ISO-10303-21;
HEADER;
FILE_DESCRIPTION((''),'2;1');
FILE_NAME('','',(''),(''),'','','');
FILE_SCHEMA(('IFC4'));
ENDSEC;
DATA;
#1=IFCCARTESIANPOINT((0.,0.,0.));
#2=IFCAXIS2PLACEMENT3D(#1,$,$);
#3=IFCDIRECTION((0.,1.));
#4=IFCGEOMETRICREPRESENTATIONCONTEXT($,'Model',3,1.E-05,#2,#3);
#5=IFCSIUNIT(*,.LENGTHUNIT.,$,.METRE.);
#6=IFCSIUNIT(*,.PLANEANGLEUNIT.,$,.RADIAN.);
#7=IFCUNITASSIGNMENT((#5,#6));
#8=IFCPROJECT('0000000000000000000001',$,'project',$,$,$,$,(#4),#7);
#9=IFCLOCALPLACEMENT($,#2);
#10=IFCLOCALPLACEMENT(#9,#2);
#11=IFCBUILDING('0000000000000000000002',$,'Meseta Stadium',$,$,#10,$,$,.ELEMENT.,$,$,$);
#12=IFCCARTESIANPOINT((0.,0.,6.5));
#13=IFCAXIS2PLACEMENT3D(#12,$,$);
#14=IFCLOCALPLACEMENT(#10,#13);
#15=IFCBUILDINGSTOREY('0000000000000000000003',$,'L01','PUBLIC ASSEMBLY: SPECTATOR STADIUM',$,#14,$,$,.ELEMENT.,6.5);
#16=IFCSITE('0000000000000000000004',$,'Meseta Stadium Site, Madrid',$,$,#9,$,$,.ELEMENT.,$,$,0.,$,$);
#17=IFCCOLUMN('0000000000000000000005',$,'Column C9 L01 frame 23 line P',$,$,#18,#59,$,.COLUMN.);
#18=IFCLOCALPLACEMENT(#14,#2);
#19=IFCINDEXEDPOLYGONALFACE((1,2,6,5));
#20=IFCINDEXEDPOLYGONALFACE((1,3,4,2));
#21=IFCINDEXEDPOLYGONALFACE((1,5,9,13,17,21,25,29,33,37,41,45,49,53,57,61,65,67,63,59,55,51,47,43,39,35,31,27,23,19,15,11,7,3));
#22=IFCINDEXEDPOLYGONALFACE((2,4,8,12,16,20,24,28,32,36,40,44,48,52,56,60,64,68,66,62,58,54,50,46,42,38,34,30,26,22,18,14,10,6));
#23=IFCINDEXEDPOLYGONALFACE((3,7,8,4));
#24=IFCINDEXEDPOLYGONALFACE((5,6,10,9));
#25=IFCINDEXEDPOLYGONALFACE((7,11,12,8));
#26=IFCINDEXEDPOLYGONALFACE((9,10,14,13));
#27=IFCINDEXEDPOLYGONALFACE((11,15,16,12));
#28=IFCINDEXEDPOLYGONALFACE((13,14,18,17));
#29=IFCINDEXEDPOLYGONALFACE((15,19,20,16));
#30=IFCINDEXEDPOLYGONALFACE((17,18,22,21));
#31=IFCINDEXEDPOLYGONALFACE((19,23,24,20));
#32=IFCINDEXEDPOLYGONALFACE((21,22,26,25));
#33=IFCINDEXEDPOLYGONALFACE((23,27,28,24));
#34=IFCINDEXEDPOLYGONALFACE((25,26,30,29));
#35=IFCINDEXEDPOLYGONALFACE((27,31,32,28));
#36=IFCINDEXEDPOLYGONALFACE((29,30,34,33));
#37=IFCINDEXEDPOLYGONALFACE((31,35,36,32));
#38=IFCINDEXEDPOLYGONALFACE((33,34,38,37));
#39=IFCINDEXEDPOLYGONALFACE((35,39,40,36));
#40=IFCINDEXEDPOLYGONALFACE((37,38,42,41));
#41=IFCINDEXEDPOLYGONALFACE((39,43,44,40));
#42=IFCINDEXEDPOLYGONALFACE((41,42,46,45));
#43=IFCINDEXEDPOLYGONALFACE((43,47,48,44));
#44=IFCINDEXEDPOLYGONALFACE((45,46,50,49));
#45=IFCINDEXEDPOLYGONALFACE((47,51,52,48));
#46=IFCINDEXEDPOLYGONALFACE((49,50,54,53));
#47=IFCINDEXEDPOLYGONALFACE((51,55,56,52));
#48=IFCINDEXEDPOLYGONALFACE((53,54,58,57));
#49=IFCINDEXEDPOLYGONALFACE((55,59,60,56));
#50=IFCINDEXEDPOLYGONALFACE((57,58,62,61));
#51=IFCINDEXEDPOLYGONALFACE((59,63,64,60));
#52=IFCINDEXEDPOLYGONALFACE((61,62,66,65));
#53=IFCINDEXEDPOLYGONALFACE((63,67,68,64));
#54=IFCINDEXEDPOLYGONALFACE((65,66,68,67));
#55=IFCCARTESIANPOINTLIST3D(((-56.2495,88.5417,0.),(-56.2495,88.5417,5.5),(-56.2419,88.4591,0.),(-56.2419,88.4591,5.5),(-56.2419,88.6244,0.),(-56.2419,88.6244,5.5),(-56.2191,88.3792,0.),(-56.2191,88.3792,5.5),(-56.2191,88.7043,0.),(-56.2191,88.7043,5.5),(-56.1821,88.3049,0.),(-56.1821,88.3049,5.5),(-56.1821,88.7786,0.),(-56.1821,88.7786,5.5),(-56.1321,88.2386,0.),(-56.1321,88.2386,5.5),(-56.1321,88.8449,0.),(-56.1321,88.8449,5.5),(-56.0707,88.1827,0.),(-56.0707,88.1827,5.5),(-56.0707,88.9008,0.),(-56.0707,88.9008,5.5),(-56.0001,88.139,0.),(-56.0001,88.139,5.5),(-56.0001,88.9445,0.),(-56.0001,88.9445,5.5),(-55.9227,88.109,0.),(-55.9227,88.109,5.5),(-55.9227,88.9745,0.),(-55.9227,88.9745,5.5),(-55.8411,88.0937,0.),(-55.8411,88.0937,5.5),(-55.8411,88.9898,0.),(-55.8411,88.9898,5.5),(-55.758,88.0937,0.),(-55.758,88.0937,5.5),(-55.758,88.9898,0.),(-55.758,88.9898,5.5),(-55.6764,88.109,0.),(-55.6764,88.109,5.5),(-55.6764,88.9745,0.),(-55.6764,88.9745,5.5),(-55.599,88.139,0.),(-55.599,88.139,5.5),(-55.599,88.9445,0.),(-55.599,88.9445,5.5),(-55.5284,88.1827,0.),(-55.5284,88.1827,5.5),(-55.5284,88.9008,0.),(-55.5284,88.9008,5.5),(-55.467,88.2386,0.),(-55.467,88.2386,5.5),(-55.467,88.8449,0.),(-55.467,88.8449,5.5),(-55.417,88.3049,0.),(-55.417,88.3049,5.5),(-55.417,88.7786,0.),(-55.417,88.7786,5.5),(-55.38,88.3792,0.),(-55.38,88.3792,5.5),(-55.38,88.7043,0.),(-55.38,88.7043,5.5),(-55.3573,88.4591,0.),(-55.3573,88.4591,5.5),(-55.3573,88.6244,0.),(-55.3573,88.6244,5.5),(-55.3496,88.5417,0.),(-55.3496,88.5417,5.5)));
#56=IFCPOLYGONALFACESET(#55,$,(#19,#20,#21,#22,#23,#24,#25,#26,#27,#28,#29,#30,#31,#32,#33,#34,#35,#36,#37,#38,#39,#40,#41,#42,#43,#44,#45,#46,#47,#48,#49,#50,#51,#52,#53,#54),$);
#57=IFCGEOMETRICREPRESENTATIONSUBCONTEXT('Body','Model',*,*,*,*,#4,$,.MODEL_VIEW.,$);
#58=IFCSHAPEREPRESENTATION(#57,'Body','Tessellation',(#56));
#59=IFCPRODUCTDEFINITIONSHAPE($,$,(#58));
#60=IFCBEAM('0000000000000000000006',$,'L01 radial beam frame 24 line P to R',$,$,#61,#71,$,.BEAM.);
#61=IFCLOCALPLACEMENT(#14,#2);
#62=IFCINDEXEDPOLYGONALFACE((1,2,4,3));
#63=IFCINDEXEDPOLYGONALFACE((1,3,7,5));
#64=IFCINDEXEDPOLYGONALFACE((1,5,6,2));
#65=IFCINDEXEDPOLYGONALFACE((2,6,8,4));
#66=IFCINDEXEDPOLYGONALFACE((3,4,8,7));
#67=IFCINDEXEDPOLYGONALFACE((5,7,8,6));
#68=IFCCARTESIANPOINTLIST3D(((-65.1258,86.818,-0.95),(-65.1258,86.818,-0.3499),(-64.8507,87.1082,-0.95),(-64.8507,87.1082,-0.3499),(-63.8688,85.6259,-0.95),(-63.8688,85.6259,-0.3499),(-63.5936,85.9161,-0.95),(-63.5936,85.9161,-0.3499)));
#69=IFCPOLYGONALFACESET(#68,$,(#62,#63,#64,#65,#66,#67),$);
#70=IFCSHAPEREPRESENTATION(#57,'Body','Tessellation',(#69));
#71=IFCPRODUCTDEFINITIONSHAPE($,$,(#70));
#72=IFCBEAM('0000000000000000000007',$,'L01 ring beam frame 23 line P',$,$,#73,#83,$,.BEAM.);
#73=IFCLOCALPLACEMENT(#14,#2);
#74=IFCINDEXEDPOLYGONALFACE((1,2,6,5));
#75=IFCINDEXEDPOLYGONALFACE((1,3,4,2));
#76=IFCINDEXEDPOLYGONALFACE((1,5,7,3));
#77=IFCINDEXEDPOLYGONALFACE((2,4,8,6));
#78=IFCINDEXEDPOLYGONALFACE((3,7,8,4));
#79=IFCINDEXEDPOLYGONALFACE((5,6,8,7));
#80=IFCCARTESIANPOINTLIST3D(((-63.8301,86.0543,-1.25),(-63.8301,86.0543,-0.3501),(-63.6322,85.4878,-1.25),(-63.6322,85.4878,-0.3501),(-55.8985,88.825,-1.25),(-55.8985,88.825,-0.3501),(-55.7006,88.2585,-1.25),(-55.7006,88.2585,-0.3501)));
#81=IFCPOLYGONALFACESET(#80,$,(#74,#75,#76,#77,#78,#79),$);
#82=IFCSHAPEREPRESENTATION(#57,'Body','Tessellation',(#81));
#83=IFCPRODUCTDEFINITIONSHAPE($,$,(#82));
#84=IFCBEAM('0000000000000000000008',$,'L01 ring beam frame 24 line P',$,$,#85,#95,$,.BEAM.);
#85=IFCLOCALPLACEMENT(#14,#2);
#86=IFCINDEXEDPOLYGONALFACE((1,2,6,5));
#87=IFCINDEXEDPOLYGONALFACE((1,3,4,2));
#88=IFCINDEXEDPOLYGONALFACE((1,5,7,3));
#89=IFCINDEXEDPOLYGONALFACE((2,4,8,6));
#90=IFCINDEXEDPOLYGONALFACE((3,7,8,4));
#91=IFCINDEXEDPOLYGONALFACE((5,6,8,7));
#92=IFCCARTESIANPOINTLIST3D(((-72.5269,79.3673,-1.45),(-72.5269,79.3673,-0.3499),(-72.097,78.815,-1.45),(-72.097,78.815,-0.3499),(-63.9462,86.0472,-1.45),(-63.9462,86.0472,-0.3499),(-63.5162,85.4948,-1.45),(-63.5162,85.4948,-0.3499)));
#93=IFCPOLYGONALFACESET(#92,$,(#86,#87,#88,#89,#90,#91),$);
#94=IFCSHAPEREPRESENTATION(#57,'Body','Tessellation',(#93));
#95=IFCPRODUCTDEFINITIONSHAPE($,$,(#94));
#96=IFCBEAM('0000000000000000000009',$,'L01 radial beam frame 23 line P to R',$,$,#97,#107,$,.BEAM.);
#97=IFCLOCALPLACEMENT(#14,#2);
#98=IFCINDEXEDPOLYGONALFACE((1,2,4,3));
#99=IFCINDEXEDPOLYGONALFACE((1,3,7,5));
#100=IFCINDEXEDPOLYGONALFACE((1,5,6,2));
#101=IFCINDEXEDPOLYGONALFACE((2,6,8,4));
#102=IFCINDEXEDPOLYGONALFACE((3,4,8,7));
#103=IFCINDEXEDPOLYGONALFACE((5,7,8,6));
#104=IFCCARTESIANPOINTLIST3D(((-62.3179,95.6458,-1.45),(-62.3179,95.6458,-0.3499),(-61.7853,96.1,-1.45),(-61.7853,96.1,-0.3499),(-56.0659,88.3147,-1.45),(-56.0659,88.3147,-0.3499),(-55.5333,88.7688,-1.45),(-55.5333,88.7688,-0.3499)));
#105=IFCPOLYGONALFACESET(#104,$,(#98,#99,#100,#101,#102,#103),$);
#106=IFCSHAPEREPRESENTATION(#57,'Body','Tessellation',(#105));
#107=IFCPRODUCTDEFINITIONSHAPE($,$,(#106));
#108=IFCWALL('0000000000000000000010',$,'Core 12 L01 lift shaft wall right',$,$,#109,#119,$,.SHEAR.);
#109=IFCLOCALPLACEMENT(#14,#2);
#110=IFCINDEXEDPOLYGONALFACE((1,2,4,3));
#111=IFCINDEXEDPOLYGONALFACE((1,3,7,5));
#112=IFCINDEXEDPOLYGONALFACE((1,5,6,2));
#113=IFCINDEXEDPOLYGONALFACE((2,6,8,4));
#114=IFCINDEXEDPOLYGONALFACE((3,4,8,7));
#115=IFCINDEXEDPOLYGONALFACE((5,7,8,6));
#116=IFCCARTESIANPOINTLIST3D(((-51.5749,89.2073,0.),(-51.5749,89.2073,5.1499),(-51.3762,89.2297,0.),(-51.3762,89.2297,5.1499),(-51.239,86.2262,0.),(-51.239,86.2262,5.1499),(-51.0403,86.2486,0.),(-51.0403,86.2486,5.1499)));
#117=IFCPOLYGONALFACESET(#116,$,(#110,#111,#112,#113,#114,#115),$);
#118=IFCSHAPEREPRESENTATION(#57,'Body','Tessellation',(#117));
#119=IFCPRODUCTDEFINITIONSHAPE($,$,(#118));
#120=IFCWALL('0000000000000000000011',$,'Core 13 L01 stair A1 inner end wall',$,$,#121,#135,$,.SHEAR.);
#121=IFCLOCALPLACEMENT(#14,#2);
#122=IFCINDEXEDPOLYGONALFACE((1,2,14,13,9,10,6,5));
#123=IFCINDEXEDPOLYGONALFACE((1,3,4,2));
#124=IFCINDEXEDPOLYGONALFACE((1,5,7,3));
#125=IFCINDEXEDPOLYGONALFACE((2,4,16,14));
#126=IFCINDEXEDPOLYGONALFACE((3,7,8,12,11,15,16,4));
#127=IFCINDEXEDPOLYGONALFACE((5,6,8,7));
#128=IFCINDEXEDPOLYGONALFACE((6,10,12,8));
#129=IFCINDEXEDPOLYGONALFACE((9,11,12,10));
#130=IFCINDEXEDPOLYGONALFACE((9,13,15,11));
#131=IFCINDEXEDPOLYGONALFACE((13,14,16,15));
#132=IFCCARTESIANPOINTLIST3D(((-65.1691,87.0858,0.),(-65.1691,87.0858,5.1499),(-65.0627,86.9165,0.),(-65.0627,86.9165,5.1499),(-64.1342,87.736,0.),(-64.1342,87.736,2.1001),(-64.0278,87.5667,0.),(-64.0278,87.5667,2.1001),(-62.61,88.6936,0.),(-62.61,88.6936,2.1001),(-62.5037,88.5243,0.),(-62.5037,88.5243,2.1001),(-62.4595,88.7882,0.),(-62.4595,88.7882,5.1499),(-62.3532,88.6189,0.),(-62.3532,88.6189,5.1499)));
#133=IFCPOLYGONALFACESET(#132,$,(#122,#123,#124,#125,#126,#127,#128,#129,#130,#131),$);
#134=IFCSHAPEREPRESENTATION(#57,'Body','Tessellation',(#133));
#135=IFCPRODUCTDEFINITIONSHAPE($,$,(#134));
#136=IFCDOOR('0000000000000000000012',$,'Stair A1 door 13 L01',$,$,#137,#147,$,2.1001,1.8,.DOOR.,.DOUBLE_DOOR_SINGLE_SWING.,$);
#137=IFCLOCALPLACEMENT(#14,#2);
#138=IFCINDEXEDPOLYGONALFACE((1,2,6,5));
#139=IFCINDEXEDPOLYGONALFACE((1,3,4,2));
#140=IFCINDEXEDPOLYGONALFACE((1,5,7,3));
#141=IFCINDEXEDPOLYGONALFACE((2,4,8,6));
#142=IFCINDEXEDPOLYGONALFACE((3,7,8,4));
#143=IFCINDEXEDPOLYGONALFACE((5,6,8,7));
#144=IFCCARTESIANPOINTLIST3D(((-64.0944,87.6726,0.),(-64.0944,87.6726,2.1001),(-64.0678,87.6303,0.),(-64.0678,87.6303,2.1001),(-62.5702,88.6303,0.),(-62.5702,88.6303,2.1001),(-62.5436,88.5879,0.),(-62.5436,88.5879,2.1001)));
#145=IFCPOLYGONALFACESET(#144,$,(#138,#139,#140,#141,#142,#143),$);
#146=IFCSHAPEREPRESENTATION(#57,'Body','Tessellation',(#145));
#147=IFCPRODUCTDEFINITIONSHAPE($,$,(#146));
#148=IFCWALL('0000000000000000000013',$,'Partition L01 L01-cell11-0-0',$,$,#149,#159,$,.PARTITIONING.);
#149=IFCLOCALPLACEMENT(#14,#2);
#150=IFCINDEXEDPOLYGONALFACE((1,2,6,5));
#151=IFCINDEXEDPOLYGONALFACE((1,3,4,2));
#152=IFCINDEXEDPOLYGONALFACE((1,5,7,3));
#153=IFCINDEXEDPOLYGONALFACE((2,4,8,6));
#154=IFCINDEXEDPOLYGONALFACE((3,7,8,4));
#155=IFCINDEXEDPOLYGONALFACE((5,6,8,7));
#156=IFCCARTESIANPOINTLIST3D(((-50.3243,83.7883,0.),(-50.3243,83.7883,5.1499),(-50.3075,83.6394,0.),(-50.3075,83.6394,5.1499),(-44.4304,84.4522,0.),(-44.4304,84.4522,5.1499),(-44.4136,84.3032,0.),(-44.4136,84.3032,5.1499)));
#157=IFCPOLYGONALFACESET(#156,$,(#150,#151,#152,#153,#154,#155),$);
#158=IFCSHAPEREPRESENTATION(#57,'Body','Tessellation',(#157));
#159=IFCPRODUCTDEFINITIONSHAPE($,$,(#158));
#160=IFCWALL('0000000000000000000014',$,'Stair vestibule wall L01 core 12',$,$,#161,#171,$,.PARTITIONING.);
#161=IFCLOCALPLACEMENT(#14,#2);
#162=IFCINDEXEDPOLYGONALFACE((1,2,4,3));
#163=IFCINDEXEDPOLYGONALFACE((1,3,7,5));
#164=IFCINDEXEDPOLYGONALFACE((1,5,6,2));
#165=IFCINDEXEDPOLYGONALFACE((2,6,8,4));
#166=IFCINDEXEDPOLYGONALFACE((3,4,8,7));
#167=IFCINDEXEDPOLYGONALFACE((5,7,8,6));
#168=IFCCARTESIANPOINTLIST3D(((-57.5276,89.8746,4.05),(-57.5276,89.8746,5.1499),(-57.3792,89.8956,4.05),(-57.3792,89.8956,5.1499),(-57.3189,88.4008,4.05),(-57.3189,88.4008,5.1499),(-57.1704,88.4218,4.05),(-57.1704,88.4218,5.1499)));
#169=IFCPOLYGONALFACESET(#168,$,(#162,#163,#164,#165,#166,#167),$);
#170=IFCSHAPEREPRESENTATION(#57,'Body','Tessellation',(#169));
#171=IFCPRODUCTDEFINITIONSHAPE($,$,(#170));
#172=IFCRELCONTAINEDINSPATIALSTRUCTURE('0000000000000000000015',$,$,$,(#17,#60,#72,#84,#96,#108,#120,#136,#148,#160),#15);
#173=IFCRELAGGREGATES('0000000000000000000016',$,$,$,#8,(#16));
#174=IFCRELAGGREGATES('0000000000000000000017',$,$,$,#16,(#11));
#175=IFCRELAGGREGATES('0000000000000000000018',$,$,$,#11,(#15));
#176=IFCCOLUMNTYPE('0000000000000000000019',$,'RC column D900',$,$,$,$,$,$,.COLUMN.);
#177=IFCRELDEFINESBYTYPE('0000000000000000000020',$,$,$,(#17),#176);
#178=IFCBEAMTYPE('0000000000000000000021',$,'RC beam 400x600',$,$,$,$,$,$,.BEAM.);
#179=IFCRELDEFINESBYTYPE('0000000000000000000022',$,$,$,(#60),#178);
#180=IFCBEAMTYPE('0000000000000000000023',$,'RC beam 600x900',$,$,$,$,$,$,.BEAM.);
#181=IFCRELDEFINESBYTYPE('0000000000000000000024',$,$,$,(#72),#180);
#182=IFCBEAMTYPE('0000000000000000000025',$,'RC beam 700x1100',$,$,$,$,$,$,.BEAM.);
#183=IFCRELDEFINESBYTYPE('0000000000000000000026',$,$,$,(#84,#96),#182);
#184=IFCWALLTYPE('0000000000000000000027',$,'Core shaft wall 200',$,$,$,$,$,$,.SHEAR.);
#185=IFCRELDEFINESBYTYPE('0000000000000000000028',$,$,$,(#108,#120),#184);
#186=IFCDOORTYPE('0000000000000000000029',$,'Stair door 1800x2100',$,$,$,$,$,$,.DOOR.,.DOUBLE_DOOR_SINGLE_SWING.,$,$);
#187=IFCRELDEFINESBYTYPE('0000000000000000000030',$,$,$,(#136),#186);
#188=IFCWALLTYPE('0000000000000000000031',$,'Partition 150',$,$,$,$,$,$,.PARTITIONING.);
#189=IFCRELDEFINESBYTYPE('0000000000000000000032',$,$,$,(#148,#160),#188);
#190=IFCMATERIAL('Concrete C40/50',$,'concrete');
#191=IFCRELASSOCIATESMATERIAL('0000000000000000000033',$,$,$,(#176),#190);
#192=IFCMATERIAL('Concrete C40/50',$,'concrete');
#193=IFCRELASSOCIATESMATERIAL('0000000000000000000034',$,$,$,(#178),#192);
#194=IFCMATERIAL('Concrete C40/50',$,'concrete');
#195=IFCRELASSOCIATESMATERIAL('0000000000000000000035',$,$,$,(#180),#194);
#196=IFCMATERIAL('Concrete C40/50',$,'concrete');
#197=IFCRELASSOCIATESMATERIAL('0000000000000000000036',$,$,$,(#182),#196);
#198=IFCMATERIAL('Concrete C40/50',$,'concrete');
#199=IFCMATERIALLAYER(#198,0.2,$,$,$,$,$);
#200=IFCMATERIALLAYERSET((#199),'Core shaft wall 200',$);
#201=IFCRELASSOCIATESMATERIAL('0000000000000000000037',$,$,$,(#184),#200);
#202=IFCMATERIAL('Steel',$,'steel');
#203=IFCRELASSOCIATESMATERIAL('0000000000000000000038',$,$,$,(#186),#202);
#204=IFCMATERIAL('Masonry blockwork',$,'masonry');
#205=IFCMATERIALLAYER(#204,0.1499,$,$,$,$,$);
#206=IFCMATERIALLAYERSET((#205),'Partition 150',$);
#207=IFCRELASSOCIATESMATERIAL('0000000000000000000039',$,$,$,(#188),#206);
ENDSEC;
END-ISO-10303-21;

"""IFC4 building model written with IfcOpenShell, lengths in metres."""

from ifc_helpers import new_model, si_unit, direction, frame, frame_2d, origin, origin_2d, place, context, subcontext, project, spatial, rectangle, circle, extrude, material, layer, layer_set, material_profile, profile_set, type_object, element, fill, save


model = new_model("IFC4")

# Units and contexts
model_context = context("Model", 3, precision=1e-05, world=origin(), true_north=direction((0.0, 1.0)))
body_context = subcontext(model_context, "Body", "Model", "MODEL_VIEW")
ifc_project = project(units=[si_unit("LENGTHUNIT", "METRE"), si_unit("PLANEANGLEUNIT", "RADIAN")], contexts=[model_context])

# Site, building, storey
site_placement = place(None, origin())
site = spatial("IfcSite", under=ifc_project, at=site_placement, Name="Meseta Stadium Site, Madrid", CompositionType="ELEMENT", RefElevation=0.0)
building_placement = place(site_placement, origin())
building = spatial("IfcBuilding", under=site, at=building_placement, Name="Meseta Stadium", CompositionType="ELEMENT")
storey_placement = place(building_placement, frame((0.0, 0.0, 6.5)))
storey = spatial("IfcBuildingStorey", under=building, at=storey_placement, Name="L01", Description="PUBLIC ASSEMBLY: SPECTATOR STADIUM", CompositionType="ELEMENT", Elevation=6.5)

# Column
ifc_material_1 = material(Name="Concrete C40/50", Category="concrete")
ifc_material_profile_1 = material_profile(ifc_material_1, circle(Radius=0.45, at=origin_2d()), Name="RC D900")
ifc_profile_set_1 = profile_set([ifc_material_profile_1], Name="Concrete C40/50")
column_type = type_object("IfcColumnType", Name="RC column D900", PredefinedType="COLUMN", material=ifc_profile_set_1)
column_placement = place(storey_placement, frame((-55.7996, 88.5417, 0.0), z_axis=(0.0, 0.0, 1.0), x_axis=(1.0, 0.0, 0.0)))
element("IfcColumn", 1, at=column_placement, inside=storey, type_object=column_type, Name="Column C9 L01 frame 23 line P", PredefinedType="COLUMN", context=body_context, shape_type="SweptSolid", body=[
    extrude(circle(Radius=0.45, at=origin_2d()), origin(), (0.0, 0.0, 1.0), 5.5),
])

# Beams
ifc_material_2 = material(Name="Concrete C40/50", Category="concrete")
ifc_material_profile_2 = material_profile(ifc_material_2, rectangle(XDim=0.3999, YDim=0.6001, at=origin_2d()), Name="RC 400x600")
ifc_profile_set_2 = profile_set([ifc_material_profile_2], Name="Concrete C40/50")
beam_type_1 = type_object("IfcBeamType", Name="RC beam 400x600", PredefinedType="BEAM", material=ifc_profile_set_2)
beam_1_placement = place(storey_placement, frame((-63.7312, 85.771, -0.6499), z_axis=(-0.725601, 0.688116, 0.0), x_axis=(-0.688116, -0.725601, 0.0)))
element("IfcBeam", 2, at=beam_1_placement, inside=storey, type_object=beam_type_1, Name="L01 radial beam frame 24 line P to R", PredefinedType="BEAM", context=body_context, shape_type="SweptSolid", body=[
    extrude(rectangle(XDim=0.3999, YDim=0.6001, at=origin_2d()), origin(), (0.0, 0.0, 1.0), 1.7324),
])
ifc_material_3 = material(Name="Concrete C40/50", Category="concrete")
ifc_material_profile_3 = material_profile(ifc_material_3, rectangle(XDim=0.6001, YDim=0.8999, at=origin_2d()), Name="RC 600x900")
ifc_profile_set_3 = profile_set([ifc_material_profile_3], Name="Concrete C40/50")
beam_type_2 = type_object("IfcBeamType", Name="RC beam 600x900", PredefinedType="BEAM", material=ifc_profile_set_3)
beam_2_placement = place(storey_placement, frame((-55.7996, 88.5417, -0.8), z_axis=(-0.944056, -0.329786, 0.0), x_axis=(0.329786, -0.944056, 0.0)))
element("IfcBeam", 3, at=beam_2_placement, inside=storey, type_object=beam_type_2, Name="L01 ring beam frame 23 line P", PredefinedType="BEAM", context=body_context, shape_type="SweptSolid", body=[
    extrude(rectangle(XDim=0.6001, YDim=0.8999, at=origin_2d()), origin(), (0.0, 0.0, 1.0), 8.4016),
])
ifc_material_4 = material(Name="Concrete C40/50", Category="concrete")
ifc_material_profile_4 = material_profile(ifc_material_4, rectangle(XDim=0.7, YDim=1.1001, at=origin_2d()), Name="RC 700x1100")
ifc_profile_set_4 = profile_set([ifc_material_profile_4], Name="Concrete C40/50")
beam_type_3 = type_object("IfcBeamType", Name="RC beam 700x1100", PredefinedType="BEAM", material=ifc_profile_set_4)
beam_3_placement = place(storey_placement, frame((-63.7312, 85.771, -0.8999), z_axis=(-0.789086, -0.614283, 0.0), x_axis=(0.614283, -0.789086, 0.0)))
element("IfcBeam", 4, at=beam_3_placement, inside=storey, type_object=beam_type_3, Name="L01 ring beam frame 24 line P", PredefinedType="BEAM", context=body_context, shape_type="SweptSolid", body=[
    extrude(rectangle(XDim=0.7, YDim=1.1001, at=origin_2d()), origin(), (0.0, 0.0, 1.0), 10.8743),
])
beam_4_placement = place(storey_placement, frame((-55.7996, 88.5417, -0.8999), z_axis=(-0.648886, 0.760885, 0.0), x_axis=(-0.760885, -0.648886, 0.0)))
element("IfcBeam", 5, at=beam_4_placement, inside=storey, type_object=beam_type_3, Name="L01 radial beam frame 23 line P to R", PredefinedType="BEAM", context=body_context, shape_type="SweptSolid", body=[
    extrude(rectangle(XDim=0.7, YDim=1.1001, at=origin_2d()), origin(), (0.0, 0.0, 1.0), 9.635),
])

# Wall
ifc_material_5 = material(Name="Concrete C40/50", Category="concrete")
ifc_layer_1 = layer(ifc_material_5, 0.2)
ifc_layer_set_1 = layer_set([ifc_layer_1], Name="Core shaft wall 200")
wall_type_1 = type_object("IfcWallType", Name="Core shaft wall 200", PredefinedType="SHEAR", material=ifc_layer_set_1)
wall_1_placement = place(storey_placement, frame((-51.4756, 89.2185, 0.0), z_axis=(0.0, 0.0, 1.0), x_axis=(0.111977, -0.993711, 0.0)))
element("IfcWall", 6, at=wall_1_placement, inside=storey, type_object=wall_type_1, Name="Core 12 L01 lift shaft wall right", PredefinedType="SHEAR", context=body_context, shape_type="SweptSolid", body=[
    extrude(rectangle(XDim=3.0, YDim=0.2, at=frame_2d((1.5, 0.0))), origin(), (0.0, 0.0, 1.0), 5.1499),
])

# Wall, opening, door
wall_2_placement = place(storey_placement, frame((-62.4062, 88.7036, 0.0), z_axis=(0.0, 0.0, 1.0), x_axis=(-0.846736, -0.532014, 0.0)))
wall_2 = element("IfcWall", 7, at=wall_2_placement, inside=storey, type_object=wall_type_1, Name="Core 13 L01 stair A1 inner end wall", PredefinedType="SHEAR", context=body_context, shape_type="SweptSolid", body=[
    extrude(rectangle(XDim=3.2, YDim=0.2, at=frame_2d((1.6001, 0.0))), origin(), (0.0, 0.0, 1.0), 5.1499),
])
opening_placement = place(wall_2_placement, frame((0.178, 0.0, 0.0)))
opening = element("IfcOpeningElement", 8, at=opening_placement, cuts=wall_2, PredefinedType="OPENING", context=body_context, shape_type="SweptSolid", body=[
    extrude(rectangle(XDim=1.8, YDim=2.1001, at=frame_2d((0.8999, 1.05))), frame((0.0, 0.1099, 0.0), z_axis=(0.0, -1.0, 0.0), x_axis=(1.0, 0.0, 0.0)), (0.0, 0.0, 1.0), 0.22),
])
ifc_material_6 = material(Name="Steel", Category="steel")
door_type = type_object("IfcDoorType", Name="Stair door 1800x2100", OperationType="DOUBLE_DOOR_SINGLE_SWING", PredefinedType="DOOR", material=ifc_material_6)
door_placement = place(opening_placement, origin())
door = element("IfcDoor", 9, at=door_placement, inside=storey, type_object=door_type, Name="Stair A1 door 13 L01", OperationType="DOUBLE_DOOR_SINGLE_SWING", OverallHeight=2.1001, OverallWidth=1.8, PredefinedType="DOOR", context=body_context, shape_type="SweptSolid", body=[
    extrude(rectangle(XDim=1.8, YDim=2.1001, at=frame_2d((0.8999, 1.05))), frame((0.0, 0.0249, 0.0), z_axis=(0.0, -1.0, 0.0), x_axis=(1.0, 0.0, 0.0)), (0.0, 0.0, 1.0), 0.05),
])
fill(opening, door)

# Walls
ifc_material_7 = material(Name="Masonry blockwork", Category="masonry")
ifc_layer_2 = layer(ifc_material_7, 0.1499)
ifc_layer_set_2 = layer_set([ifc_layer_2], Name="Partition 150")
wall_type_2 = type_object("IfcWallType", Name="Partition 150", PredefinedType="PARTITIONING", material=ifc_layer_set_2)
wall_3_placement = place(storey_placement, frame((-50.3159, 83.7139, 0.0), z_axis=(0.0, 0.0, 1.0), x_axis=(0.993717, 0.111922, 0.0)))
element("IfcWall", 10, at=wall_3_placement, inside=storey, type_object=wall_type_2, Name="Partition L01 L01-cell11-0-0", PredefinedType="PARTITIONING", context=body_context, shape_type="SweptSolid", body=[
    extrude(rectangle(XDim=5.9312, YDim=0.1499, at=frame_2d((2.9656, 0.0))), origin(), (0.0, 0.0, 1.0), 5.1499),
])
wall_4_placement = place(storey_placement, frame((-57.4534, 89.885, 4.05), z_axis=(0.0, 0.0, 1.0), x_axis=(0.140227, -0.990119, 0.0)))
element("IfcWall", 11, at=wall_4_placement, inside=storey, type_object=wall_type_2, Name="Stair vestibule wall L01 core 12", PredefinedType="PARTITIONING", context=body_context, shape_type="SweptSolid", body=[
    extrude(rectangle(XDim=1.4885, YDim=0.1499, at=frame_2d((0.7441, 0.0))), origin(), (0.0, 0.0, 1.0), 1.0999),
])

save(model, "model.ifc")
